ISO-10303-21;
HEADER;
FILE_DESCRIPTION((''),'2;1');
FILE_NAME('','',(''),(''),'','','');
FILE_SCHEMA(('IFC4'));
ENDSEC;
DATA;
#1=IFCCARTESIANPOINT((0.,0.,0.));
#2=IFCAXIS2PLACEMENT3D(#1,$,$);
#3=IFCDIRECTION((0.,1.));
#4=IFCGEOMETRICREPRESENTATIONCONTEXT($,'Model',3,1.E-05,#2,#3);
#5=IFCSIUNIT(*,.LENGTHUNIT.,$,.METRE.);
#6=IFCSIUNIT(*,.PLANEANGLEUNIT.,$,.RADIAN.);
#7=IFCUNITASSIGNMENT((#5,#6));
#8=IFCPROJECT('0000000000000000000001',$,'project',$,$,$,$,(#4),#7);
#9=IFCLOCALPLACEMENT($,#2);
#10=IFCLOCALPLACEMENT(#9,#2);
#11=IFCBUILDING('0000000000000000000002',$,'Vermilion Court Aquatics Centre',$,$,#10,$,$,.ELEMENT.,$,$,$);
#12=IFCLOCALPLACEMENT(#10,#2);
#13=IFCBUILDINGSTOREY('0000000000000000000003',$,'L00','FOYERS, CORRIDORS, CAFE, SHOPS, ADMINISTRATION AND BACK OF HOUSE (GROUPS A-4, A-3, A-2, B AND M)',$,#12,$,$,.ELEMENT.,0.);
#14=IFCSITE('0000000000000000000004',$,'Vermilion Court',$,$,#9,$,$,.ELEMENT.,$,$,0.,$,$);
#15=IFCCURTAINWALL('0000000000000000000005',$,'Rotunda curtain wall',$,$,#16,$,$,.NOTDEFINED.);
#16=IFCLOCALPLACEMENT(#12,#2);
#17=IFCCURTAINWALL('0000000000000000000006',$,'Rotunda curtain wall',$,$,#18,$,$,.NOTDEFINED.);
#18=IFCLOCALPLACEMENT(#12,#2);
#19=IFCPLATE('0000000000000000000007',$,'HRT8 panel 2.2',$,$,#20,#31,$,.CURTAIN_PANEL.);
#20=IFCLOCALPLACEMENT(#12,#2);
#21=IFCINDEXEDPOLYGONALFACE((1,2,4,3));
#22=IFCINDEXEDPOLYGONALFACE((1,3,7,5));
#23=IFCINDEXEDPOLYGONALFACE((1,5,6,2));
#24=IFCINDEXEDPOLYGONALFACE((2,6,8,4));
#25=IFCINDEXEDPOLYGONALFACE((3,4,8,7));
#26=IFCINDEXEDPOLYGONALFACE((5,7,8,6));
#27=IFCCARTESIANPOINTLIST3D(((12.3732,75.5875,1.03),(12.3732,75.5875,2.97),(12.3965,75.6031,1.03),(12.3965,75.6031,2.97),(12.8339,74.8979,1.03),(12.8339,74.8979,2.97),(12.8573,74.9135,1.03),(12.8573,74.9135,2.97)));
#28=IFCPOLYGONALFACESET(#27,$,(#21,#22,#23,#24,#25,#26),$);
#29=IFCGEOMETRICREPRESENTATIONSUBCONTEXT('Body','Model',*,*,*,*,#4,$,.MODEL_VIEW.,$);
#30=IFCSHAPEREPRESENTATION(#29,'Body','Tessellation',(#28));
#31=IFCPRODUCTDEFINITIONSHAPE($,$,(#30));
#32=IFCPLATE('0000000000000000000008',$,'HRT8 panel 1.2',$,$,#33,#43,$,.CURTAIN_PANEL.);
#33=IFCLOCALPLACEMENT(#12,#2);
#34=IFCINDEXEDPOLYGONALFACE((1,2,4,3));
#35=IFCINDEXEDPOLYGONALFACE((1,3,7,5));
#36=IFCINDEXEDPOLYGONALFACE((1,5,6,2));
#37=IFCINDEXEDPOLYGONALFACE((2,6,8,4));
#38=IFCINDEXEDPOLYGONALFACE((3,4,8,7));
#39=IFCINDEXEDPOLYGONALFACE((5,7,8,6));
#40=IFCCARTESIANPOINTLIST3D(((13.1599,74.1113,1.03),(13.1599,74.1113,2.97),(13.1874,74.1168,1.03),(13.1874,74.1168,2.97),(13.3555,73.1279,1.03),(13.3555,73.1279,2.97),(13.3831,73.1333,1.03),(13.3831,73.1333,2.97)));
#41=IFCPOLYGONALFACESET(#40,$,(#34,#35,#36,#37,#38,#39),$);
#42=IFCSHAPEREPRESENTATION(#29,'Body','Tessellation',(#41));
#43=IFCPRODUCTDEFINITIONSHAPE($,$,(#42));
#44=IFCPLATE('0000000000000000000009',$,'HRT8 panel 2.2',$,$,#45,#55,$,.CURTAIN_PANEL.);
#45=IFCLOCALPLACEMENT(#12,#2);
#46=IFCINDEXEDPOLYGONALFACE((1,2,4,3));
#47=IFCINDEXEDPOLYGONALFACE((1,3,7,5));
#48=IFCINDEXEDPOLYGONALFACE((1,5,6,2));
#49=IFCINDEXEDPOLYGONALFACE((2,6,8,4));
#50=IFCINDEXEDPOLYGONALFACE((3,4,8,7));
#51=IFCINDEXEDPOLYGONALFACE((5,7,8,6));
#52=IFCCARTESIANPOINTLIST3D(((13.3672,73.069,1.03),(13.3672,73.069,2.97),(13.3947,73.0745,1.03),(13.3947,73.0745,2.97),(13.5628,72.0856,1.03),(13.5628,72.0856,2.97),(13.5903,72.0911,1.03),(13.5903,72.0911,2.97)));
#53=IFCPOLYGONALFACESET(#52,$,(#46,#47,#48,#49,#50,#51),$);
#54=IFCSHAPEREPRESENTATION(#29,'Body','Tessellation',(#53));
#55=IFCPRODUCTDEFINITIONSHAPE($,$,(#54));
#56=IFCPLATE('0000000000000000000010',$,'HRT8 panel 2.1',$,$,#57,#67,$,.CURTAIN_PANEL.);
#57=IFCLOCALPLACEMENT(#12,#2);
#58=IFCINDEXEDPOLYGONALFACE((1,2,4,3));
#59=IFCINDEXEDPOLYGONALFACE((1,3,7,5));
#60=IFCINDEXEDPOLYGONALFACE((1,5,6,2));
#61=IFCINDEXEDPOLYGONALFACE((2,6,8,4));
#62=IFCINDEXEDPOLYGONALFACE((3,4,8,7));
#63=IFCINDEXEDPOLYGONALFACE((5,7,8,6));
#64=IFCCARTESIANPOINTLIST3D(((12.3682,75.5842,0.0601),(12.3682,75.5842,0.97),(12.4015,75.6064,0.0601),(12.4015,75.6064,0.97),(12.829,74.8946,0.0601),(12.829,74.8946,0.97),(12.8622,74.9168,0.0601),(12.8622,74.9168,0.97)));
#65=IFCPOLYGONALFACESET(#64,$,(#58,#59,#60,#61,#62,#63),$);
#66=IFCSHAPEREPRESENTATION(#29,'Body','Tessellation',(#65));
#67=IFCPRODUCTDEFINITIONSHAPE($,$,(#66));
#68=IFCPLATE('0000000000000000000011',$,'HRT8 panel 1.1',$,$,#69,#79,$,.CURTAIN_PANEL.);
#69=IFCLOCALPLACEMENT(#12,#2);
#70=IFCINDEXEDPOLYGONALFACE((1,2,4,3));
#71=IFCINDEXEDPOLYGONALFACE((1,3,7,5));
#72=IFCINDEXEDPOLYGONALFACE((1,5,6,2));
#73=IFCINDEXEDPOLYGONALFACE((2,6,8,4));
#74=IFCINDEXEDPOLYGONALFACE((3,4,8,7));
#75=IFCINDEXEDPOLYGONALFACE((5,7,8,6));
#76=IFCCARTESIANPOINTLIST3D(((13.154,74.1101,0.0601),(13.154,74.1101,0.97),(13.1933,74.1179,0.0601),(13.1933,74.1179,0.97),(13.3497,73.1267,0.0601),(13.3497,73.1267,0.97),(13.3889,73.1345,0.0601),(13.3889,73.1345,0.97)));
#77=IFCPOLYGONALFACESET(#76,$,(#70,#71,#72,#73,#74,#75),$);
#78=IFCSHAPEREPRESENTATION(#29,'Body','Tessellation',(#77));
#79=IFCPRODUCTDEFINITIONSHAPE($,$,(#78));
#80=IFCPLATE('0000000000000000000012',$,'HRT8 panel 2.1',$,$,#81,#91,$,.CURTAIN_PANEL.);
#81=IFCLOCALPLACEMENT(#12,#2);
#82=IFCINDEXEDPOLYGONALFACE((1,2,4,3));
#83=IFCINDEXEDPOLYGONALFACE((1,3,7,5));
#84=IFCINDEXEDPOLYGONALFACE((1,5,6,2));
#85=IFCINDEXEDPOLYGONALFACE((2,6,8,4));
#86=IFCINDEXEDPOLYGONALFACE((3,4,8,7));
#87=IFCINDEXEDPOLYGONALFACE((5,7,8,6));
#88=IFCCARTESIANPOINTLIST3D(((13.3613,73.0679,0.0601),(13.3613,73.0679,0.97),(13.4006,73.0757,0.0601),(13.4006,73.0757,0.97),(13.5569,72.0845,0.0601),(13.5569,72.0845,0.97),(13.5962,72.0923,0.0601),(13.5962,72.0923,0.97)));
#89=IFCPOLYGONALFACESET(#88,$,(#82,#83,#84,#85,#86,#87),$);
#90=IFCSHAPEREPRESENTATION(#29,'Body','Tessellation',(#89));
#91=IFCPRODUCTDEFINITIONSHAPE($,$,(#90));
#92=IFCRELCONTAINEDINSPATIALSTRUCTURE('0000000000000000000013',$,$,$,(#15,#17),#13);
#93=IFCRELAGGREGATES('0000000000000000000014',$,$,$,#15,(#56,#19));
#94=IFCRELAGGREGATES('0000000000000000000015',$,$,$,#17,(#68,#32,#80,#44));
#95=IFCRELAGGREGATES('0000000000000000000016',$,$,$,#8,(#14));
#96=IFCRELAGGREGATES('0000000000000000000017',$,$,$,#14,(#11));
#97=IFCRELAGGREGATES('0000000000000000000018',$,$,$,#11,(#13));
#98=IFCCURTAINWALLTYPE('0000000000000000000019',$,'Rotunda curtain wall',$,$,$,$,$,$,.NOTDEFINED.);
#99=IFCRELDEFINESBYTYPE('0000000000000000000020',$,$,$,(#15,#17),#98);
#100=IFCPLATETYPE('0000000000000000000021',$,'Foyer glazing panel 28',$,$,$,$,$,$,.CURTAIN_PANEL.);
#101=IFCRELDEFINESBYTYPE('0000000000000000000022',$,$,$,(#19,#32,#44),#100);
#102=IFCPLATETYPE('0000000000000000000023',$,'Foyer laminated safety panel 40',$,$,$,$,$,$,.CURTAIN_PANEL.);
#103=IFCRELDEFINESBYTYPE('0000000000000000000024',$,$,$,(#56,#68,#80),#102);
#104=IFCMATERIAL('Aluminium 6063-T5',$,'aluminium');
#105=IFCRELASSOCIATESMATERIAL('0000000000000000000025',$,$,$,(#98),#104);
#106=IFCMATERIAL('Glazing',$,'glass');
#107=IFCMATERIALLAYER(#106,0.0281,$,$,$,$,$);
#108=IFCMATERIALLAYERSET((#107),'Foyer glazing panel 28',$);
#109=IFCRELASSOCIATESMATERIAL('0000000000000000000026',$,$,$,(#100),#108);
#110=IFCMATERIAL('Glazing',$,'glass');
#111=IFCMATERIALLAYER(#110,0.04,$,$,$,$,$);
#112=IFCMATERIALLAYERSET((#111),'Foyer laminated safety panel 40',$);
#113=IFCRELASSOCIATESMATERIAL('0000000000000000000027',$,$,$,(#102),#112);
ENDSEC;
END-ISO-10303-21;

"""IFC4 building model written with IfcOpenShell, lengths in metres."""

from ifc_helpers import new_model, si_unit, direction, frame, origin, origin_2d, place, context, subcontext, project, spatial, rectangle, extrude, material, layer, layer_set, type_object, element, aggregate, save


model = new_model("IFC4")

# Units and contexts
model_context = context("Model", 3, precision=1e-05, world=origin(), true_north=direction((0.0, 1.0)))
body_context = subcontext(model_context, "Body", "Model", "MODEL_VIEW")
ifc_project = project(units=[si_unit("LENGTHUNIT", "METRE"), si_unit("PLANEANGLEUNIT", "RADIAN")], contexts=[model_context])

# Site, building, storey
site_placement = place(None, origin())
site = spatial("IfcSite", under=ifc_project, at=site_placement, Name="Vermilion Court", CompositionType="ELEMENT", RefElevation=0.0)
building_placement = place(site_placement, origin())
building = spatial("IfcBuilding", under=site, at=building_placement, Name="Vermilion Court Aquatics Centre", CompositionType="ELEMENT")
storey_placement = place(building_placement, origin())
storey = spatial("IfcBuildingStorey", under=building, at=storey_placement, Name="L00", Description="FOYERS, CORRIDORS, CAFE, SHOPS, ADMINISTRATION AND BACK OF HOUSE (GROUPS A-4, A-3, A-2, B AND M)", CompositionType="ELEMENT", Elevation=0.0)

# Curtain wall
ifc_material_1 = material(Name="Aluminium 6063-T5", Category="aluminium")
curtain_wall_type = type_object("IfcCurtainWallType", Name="Rotunda curtain wall", PredefinedType="NOTDEFINED", material=ifc_material_1)
curtain_wall_1_placement = place(storey_placement, origin())
curtain_wall_1 = element("IfcCurtainWall", 1, at=curtain_wall_1_placement, inside=storey, type_object=curtain_wall_type, Name="Rotunda curtain wall", PredefinedType="NOTDEFINED")

# Curtain wall
curtain_wall_2_placement = place(storey_placement, origin())
curtain_wall_2 = element("IfcCurtainWall", 2, at=curtain_wall_2_placement, inside=storey, type_object=curtain_wall_type, Name="Rotunda curtain wall", PredefinedType="NOTDEFINED")

# Plates
ifc_material_2 = material(Name="Glazing", Category="glass")
ifc_layer_1 = layer(ifc_material_2, 0.0281)
ifc_layer_set_1 = layer_set([ifc_layer_1], Name="Foyer glazing panel 28")
plate_type_1 = type_object("IfcPlateType", Name="Foyer glazing panel 28", PredefinedType="CURTAIN_PANEL", material=ifc_layer_set_1)
plate_1_placement = place(storey_placement, frame((12.6152, 75.2505, 1.03), z_axis=(0.0, 0.0, 1.0), x_axis=(0.555541, -0.831489, 0.0)))
plate_1 = element("IfcPlate", 3, at=plate_1_placement, type_object=plate_type_1, Name="HRT8 panel 2.2", PredefinedType="CURTAIN_PANEL", context=body_context, shape_type="SweptSolid", body=[
    extrude(rectangle(XDim=0.8293, YDim=0.0281, at=origin_2d()), origin(), (0.0, 0.0, 1.0), 1.9399),
])
plate_2_placement = place(storey_placement, frame((13.2715, 73.6223, 1.03), z_axis=(0.0, 0.0, 1.0), x_axis=(0.195095, -0.980784, 0.0)))
plate_2 = element("IfcPlate", 4, at=plate_2_placement, type_object=plate_type_1, Name="HRT8 panel 1.2", PredefinedType="CURTAIN_PANEL", context=body_context, shape_type="SweptSolid", body=[
    extrude(rectangle(XDim=1.0027, YDim=0.0281, at=origin_2d()), origin(), (0.0, 0.0, 1.0), 1.9399),
])
plate_3_placement = place(storey_placement, frame((13.4788, 72.5801, 1.03), z_axis=(0.0, 0.0, 1.0), x_axis=(0.195095, -0.980784, 0.0)))
plate_3 = element("IfcPlate", 5, at=plate_3_placement, type_object=plate_type_1, Name="HRT8 panel 2.2", PredefinedType="CURTAIN_PANEL", context=body_context, shape_type="SweptSolid", body=[
    extrude(rectangle(XDim=1.0027, YDim=0.0281, at=origin_2d()), origin(), (0.0, 0.0, 1.0), 1.9399),
])
ifc_material_3 = material(Name="Glazing", Category="glass")
ifc_layer_2 = layer(ifc_material_3, 0.04)
ifc_layer_set_2 = layer_set([ifc_layer_2], Name="Foyer laminated safety panel 40")
plate_type_2 = type_object("IfcPlateType", Name="Foyer laminated safety panel 40", PredefinedType="CURTAIN_PANEL", material=ifc_layer_set_2)
plate_4_placement = place(storey_placement, frame((12.6152, 75.2505, 0.0601), z_axis=(0.0, 0.0, 1.0), x_axis=(0.555541, -0.831489, 0.0)))
plate_4 = element("IfcPlate", 6, at=plate_4_placement, type_object=plate_type_2, Name="HRT8 panel 2.1", PredefinedType="CURTAIN_PANEL", context=body_context, shape_type="SweptSolid", body=[
    extrude(rectangle(XDim=0.8293, YDim=0.04, at=origin_2d()), origin(), (0.0, 0.0, 1.0), 0.9099),
])
aggregate(curtain_wall_1, [plate_4, plate_1])
plate_5_placement = place(storey_placement, frame((13.2715, 73.6223, 0.0601), z_axis=(0.0, 0.0, 1.0), x_axis=(0.195095, -0.980784, 0.0)))
plate_5 = element("IfcPlate", 7, at=plate_5_placement, type_object=plate_type_2, Name="HRT8 panel 1.1", PredefinedType="CURTAIN_PANEL", context=body_context, shape_type="SweptSolid", body=[
    extrude(rectangle(XDim=1.0027, YDim=0.04, at=origin_2d()), origin(), (0.0, 0.0, 1.0), 0.9099),
])
plate_6_placement = place(storey_placement, frame((13.4788, 72.5801, 0.0601), z_axis=(0.0, 0.0, 1.0), x_axis=(0.195095, -0.980784, 0.0)))
plate_6 = element("IfcPlate", 8, at=plate_6_placement, type_object=plate_type_2, Name="HRT8 panel 2.1", PredefinedType="CURTAIN_PANEL", context=body_context, shape_type="SweptSolid", body=[
    extrude(rectangle(XDim=1.0027, YDim=0.04, at=origin_2d()), origin(), (0.0, 0.0, 1.0), 0.9099),
])
aggregate(curtain_wall_2, [plate_5, plate_2, plate_6, plate_3])

save(model, "model.ifc")
